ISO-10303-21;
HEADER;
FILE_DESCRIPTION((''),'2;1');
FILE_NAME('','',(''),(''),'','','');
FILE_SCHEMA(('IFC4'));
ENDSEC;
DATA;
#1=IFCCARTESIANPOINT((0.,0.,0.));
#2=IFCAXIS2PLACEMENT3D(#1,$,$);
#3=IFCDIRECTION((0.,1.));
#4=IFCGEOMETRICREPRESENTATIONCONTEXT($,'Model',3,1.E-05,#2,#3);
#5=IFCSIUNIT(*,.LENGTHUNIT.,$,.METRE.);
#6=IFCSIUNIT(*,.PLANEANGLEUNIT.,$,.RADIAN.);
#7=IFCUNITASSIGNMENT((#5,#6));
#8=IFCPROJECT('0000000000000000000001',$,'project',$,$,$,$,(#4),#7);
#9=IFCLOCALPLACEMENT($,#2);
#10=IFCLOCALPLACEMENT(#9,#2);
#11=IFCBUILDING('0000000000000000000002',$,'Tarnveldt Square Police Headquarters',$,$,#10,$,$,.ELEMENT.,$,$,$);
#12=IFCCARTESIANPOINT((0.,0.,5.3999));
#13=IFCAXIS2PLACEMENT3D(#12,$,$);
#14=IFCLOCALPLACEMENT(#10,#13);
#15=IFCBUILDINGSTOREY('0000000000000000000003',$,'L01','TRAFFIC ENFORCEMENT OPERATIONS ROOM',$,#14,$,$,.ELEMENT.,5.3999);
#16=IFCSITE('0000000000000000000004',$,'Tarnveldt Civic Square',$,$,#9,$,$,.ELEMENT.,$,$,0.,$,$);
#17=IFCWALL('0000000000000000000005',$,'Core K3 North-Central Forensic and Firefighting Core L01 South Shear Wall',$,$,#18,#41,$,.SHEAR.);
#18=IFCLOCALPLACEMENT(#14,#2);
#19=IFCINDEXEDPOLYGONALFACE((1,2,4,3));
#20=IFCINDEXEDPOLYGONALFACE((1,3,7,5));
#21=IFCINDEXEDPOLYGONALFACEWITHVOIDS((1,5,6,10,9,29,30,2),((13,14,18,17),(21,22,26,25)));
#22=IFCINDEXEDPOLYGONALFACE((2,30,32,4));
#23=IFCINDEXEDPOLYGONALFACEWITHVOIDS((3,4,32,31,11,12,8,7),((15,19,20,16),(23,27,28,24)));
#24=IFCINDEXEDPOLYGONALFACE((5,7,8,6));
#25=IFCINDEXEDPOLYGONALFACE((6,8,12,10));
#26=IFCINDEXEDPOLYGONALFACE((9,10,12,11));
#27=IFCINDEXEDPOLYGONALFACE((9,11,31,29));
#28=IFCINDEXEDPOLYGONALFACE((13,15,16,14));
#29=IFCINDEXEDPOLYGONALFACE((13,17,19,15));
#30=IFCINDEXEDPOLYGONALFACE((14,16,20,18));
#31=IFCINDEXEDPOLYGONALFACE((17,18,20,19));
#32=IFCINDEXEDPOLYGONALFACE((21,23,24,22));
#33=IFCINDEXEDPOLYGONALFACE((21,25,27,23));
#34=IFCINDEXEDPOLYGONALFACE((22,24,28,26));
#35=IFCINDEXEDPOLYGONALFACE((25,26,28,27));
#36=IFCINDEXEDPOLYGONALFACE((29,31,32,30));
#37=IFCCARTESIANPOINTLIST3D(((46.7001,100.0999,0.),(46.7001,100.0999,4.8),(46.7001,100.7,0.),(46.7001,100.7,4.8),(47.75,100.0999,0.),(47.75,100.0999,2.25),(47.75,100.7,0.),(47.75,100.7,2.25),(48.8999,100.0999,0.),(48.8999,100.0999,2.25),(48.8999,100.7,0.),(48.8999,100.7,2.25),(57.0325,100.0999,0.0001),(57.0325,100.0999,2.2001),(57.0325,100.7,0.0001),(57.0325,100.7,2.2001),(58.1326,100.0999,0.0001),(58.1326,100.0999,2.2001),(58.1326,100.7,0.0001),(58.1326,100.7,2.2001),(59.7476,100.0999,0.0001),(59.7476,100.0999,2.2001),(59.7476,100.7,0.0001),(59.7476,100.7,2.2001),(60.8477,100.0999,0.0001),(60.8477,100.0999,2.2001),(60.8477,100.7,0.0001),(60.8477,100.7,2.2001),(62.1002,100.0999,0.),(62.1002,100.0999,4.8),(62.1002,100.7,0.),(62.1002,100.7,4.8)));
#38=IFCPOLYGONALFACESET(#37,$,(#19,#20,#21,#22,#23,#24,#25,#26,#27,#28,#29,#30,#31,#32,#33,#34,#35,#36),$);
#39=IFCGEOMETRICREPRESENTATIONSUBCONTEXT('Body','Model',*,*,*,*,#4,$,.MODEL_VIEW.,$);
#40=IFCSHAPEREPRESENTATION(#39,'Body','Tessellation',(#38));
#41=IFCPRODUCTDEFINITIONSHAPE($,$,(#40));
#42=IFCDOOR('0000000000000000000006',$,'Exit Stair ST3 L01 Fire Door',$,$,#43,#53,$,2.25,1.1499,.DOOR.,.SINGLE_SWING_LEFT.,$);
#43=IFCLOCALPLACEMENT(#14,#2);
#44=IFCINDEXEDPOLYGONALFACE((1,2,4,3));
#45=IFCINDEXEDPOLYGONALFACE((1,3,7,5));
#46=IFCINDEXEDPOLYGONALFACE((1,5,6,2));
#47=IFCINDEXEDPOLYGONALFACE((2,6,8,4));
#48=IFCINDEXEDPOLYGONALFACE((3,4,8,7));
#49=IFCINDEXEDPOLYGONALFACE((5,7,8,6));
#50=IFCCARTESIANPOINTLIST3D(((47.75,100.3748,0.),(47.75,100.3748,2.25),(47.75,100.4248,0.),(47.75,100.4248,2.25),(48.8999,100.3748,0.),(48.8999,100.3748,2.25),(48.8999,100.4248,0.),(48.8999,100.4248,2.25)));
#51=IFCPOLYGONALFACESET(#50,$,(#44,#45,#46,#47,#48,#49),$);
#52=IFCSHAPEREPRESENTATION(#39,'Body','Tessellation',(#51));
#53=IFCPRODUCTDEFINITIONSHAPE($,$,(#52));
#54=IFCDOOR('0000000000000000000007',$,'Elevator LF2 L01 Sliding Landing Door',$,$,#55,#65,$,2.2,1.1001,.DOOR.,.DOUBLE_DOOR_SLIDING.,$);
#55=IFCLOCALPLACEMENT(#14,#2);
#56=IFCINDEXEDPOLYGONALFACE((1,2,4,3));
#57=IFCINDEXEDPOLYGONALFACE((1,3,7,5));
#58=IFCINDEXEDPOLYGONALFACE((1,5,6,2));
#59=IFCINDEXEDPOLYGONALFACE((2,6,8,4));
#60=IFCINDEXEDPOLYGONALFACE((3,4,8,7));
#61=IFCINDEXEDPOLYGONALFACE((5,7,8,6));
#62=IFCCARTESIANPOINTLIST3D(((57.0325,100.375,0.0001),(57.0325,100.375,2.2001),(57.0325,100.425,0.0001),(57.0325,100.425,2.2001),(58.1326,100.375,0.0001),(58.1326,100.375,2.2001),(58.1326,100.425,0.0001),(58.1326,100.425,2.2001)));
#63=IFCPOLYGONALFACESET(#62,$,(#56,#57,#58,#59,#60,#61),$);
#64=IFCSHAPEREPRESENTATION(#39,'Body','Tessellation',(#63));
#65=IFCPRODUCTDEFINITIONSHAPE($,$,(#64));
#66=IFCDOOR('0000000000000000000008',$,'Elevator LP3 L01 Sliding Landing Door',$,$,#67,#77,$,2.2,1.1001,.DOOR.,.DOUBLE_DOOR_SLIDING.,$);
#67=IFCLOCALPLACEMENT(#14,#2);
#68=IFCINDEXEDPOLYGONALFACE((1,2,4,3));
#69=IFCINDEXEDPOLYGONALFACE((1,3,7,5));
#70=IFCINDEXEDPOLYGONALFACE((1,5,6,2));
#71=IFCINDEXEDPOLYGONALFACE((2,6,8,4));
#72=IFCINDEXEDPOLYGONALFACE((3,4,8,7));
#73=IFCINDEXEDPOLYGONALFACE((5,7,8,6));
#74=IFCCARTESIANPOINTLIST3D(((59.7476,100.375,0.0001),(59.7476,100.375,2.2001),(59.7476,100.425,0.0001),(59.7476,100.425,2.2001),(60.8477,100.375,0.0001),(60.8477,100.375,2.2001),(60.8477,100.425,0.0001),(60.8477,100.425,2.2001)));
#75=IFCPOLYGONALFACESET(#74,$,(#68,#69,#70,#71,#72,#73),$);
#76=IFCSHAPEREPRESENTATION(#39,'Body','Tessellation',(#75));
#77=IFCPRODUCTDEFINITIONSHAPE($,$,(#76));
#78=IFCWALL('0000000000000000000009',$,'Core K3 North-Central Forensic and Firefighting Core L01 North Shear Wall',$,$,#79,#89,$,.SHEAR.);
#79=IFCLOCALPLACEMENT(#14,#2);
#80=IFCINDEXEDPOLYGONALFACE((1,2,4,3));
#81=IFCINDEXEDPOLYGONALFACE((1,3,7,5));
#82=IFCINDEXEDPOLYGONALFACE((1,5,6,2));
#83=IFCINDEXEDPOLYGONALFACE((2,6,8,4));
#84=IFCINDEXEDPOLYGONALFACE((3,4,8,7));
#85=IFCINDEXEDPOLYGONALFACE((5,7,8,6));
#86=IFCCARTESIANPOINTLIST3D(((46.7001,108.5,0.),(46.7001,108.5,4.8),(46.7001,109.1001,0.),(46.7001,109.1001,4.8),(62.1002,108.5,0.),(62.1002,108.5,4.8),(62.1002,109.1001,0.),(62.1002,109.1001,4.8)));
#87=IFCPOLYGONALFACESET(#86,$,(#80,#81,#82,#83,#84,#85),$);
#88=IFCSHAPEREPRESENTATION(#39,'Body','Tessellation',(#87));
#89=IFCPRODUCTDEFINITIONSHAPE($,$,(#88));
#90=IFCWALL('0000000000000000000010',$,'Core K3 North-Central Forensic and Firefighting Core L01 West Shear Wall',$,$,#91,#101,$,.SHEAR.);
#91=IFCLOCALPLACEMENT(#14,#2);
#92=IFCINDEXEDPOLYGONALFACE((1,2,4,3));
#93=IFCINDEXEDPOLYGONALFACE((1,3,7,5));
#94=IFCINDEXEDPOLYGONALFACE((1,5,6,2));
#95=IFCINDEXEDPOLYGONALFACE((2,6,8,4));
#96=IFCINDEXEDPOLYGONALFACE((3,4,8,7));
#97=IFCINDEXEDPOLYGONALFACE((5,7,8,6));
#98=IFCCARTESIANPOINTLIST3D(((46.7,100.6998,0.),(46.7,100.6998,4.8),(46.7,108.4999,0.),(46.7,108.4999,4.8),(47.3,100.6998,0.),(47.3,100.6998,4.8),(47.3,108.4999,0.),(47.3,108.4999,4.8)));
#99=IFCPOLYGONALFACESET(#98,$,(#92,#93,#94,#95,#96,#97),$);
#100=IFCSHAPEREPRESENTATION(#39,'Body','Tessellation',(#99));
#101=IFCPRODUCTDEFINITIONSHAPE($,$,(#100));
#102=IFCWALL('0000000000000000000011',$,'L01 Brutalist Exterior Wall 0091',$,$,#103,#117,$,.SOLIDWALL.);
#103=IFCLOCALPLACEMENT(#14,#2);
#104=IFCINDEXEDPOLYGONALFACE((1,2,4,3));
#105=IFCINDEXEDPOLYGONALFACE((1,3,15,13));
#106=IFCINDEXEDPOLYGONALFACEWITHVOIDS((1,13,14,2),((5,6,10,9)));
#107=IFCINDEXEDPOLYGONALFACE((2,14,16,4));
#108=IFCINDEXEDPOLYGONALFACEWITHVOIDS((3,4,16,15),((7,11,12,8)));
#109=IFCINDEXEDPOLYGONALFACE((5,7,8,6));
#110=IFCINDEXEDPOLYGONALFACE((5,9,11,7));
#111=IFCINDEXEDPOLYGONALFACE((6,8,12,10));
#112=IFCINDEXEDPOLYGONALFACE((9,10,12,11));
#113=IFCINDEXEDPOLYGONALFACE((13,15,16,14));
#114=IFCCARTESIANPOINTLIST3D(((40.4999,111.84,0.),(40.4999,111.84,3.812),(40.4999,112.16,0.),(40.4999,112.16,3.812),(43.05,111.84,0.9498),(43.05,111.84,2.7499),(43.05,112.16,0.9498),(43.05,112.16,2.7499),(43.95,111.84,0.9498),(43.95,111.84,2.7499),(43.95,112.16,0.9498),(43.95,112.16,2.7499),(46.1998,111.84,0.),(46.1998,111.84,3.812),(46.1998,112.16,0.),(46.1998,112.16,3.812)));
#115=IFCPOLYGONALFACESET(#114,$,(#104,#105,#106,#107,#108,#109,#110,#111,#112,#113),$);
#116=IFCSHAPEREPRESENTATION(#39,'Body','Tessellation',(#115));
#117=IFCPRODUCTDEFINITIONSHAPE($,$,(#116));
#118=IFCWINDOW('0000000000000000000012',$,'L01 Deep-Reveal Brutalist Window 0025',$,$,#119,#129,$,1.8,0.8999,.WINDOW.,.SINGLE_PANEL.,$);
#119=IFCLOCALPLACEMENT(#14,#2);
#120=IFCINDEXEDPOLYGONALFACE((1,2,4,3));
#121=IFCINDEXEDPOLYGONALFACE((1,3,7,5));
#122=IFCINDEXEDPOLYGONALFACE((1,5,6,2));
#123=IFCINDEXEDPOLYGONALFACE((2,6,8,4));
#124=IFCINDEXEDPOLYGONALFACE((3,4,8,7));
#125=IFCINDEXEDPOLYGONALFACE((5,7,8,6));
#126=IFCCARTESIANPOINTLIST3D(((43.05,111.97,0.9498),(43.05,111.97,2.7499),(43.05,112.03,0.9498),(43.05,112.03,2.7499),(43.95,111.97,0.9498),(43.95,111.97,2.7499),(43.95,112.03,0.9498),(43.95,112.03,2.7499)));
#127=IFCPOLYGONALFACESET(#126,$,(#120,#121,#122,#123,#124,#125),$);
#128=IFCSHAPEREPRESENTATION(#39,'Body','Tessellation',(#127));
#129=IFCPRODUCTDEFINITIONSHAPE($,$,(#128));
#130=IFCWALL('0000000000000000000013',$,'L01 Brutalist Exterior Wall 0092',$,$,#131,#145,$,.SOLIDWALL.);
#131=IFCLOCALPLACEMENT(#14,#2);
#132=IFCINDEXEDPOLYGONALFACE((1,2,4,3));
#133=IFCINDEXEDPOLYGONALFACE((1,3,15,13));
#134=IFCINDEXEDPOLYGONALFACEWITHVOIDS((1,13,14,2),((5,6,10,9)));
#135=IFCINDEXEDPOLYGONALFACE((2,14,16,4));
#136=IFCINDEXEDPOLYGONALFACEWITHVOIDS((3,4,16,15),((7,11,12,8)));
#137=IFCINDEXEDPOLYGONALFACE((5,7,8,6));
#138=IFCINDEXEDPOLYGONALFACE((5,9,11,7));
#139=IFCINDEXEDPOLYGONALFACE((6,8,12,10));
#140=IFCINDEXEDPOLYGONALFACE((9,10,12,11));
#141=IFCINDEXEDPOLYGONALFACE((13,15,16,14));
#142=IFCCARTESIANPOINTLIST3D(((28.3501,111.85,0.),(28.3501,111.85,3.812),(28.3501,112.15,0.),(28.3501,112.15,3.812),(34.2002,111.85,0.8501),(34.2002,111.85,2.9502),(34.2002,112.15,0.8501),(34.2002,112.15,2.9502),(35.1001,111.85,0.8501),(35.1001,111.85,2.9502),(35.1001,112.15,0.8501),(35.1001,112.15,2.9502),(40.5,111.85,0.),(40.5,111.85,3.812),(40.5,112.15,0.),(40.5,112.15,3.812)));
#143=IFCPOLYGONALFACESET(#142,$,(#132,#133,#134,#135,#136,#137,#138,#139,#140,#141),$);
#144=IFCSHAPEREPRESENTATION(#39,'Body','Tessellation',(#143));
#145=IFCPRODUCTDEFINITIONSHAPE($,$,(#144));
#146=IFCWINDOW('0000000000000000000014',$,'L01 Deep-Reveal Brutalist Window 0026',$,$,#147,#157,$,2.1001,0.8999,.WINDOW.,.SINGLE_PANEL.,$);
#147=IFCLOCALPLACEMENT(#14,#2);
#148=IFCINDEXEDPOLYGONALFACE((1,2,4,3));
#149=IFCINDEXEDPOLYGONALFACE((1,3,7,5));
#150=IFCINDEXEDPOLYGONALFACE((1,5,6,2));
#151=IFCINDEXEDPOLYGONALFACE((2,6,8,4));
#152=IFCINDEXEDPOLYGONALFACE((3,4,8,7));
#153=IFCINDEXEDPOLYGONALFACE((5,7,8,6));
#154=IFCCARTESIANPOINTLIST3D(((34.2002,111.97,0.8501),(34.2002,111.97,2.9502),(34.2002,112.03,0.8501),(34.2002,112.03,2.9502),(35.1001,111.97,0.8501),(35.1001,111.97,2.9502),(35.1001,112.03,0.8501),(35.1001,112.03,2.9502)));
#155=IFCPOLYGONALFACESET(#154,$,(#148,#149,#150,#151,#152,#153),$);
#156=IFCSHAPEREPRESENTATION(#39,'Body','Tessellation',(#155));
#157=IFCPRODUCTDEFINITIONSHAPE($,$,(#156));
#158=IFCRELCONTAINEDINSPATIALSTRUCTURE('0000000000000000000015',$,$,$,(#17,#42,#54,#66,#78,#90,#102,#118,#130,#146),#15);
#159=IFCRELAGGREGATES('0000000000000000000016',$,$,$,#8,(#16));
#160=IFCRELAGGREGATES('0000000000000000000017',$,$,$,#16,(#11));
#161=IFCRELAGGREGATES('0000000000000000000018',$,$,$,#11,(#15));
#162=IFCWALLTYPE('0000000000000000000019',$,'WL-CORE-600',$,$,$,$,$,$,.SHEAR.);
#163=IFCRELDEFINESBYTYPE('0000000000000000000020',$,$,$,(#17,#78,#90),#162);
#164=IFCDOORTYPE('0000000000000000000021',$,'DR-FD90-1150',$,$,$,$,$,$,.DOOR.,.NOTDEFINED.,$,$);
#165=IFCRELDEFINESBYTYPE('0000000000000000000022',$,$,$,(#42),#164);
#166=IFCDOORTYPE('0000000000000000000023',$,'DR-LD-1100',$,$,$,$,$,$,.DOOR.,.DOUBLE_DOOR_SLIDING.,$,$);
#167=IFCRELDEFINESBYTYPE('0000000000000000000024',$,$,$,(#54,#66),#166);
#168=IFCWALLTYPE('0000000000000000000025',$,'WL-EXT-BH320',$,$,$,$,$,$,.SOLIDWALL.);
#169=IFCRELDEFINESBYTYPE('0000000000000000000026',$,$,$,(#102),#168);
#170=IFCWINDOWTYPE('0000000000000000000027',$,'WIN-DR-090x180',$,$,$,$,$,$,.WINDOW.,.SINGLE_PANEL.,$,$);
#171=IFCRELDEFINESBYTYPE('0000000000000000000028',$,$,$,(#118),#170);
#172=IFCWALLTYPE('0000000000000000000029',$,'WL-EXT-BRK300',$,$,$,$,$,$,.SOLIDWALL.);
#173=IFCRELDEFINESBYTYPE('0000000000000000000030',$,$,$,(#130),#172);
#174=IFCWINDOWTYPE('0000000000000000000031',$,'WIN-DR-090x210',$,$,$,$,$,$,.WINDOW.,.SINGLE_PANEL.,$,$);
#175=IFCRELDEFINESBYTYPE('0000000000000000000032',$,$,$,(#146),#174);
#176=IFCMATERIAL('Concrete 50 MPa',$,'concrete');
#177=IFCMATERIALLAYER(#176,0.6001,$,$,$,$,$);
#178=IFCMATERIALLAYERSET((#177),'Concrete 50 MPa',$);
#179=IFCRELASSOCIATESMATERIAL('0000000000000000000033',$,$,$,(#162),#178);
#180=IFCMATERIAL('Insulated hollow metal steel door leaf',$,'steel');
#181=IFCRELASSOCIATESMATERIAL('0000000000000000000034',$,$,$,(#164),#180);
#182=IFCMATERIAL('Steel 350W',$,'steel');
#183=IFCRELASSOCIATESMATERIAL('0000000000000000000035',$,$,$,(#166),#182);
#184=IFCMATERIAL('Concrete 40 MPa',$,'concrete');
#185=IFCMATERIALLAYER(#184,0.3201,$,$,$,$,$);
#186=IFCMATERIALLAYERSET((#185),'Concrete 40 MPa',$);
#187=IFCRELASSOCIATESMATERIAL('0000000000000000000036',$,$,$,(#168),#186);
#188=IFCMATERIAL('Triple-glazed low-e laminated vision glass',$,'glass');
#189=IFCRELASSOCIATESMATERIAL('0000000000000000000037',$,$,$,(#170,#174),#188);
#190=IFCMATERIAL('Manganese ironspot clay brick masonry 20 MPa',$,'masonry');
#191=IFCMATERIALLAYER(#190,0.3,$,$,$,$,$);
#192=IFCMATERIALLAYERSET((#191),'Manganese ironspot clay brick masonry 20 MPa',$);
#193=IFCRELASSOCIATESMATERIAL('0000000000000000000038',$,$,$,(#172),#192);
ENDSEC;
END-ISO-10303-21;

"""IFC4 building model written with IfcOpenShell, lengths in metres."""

from ifc_helpers import new_model, si_unit, direction, frame, frame_2d, origin, place, context, subcontext, project, spatial, rectangle, extrude, material, layer, layer_set, type_object, element, fill, save


model = new_model("IFC4")

# Units and contexts
model_context = context("Model", 3, precision=1e-05, world=origin(), true_north=direction((0.0, 1.0)))
body_context = subcontext(model_context, "Body", "Model", "MODEL_VIEW")
ifc_project = project(units=[si_unit("LENGTHUNIT", "METRE"), si_unit("PLANEANGLEUNIT", "RADIAN")], contexts=[model_context])

# Site, building, storey
site_placement = place(None, origin())
site = spatial("IfcSite", under=ifc_project, at=site_placement, Name="Tarnveldt Civic Square", CompositionType="ELEMENT", RefElevation=0.0)
building_placement = place(site_placement, origin())
building = spatial("IfcBuilding", under=site, at=building_placement, Name="Tarnveldt Square Police Headquarters", CompositionType="ELEMENT")
storey_placement = place(building_placement, frame((0.0, 0.0, 5.3999)))
storey = spatial("IfcBuildingStorey", under=building, at=storey_placement, Name="L01", Description="TRAFFIC ENFORCEMENT OPERATIONS ROOM", CompositionType="ELEMENT", Elevation=5.3999)

# Shared definitions
ifc_material_1 = material(Name="Concrete 50 MPa", Category="concrete")

# Shared definitions
ifc_material_2 = material(Name="Concrete 40 MPa", Category="concrete")
ifc_material_3 = material(Name="Steel 350W", Category="steel")

# Wall, openings, doors
ifc_layer_1 = layer(ifc_material_1, 0.6001)
ifc_layer_set_1 = layer_set([ifc_layer_1], Name="Concrete 50 MPa")
wall_type_1 = type_object("IfcWallType", Name="WL-CORE-600", PredefinedType="SHEAR", material=ifc_layer_set_1)
wall_1_placement = place(storey_placement, frame((46.7, 100.3999, 0.0), z_axis=(0.0, 0.0, 1.0), x_axis=(1.0, 0.0, 0.0)))
wall_1 = element("IfcWall", 1, at=wall_1_placement, inside=storey, type_object=wall_type_1, Name="Core K3 North-Central Forensic and Firefighting Core L01 South Shear Wall", PredefinedType="SHEAR", context=body_context, shape_type="SweptSolid", body=[
    extrude(rectangle(XDim=15.4001, YDim=0.6001, at=frame_2d((7.7002, 0.0))), origin(), (0.0, 0.0, 1.0), 4.8),
])
opening_1_placement = place(wall_1_placement, frame((1.05, 0.0, 0.0)))
opening_1 = element("IfcOpeningElement", 2, at=opening_1_placement, cuts=wall_1, PredefinedType="OPENING", context=body_context, shape_type="SweptSolid", body=[
    extrude(rectangle(XDim=1.1499, YDim=2.25, at=frame_2d((0.575, 1.125))), frame((0.0, 0.3101, 0.0), z_axis=(0.0, -1.0, 0.0), x_axis=(1.0, 0.0, 0.0)), (0.0, 0.0, 1.0), 0.6201),
])
opening_2_placement = place(wall_1_placement, frame((10.3325, 0.0, 0.0)))
opening_2 = element("IfcOpeningElement", 3, at=opening_2_placement, cuts=wall_1, PredefinedType="OPENING", context=body_context, shape_type="SweptSolid", body=[
    extrude(rectangle(XDim=1.1001, YDim=2.2, at=frame_2d((0.55, 1.1001))), frame((0.0, 0.3101, 0.0), z_axis=(0.0, -1.0, 0.0), x_axis=(1.0, 0.0, 0.0)), (0.0, 0.0, 1.0), 0.6201),
])
opening_3_placement = place(wall_1_placement, frame((13.0476, 0.0, 0.0)))
opening_3 = element("IfcOpeningElement", 4, at=opening_3_placement, cuts=wall_1, PredefinedType="OPENING", context=body_context, shape_type="SweptSolid", body=[
    extrude(rectangle(XDim=1.1001, YDim=2.2, at=frame_2d((0.55, 1.1001))), frame((0.0, 0.3101, 0.0), z_axis=(0.0, -1.0, 0.0), x_axis=(1.0, 0.0, 0.0)), (0.0, 0.0, 1.0), 0.6201),
])
ifc_material_4 = material(Name="Insulated hollow metal steel door leaf", Category="steel")
door_type_1 = type_object("IfcDoorType", Name="DR-FD90-1150", OperationType="NOTDEFINED", PredefinedType="DOOR", material=ifc_material_4)
door_1_placement = place(opening_1_placement, origin())
door_1 = element("IfcDoor", 5, at=door_1_placement, inside=storey, type_object=door_type_1, Name="Exit Stair ST3 L01 Fire Door", OperationType="SINGLE_SWING_LEFT", OverallHeight=2.25, OverallWidth=1.1499, PredefinedType="DOOR", context=body_context, shape_type="SweptSolid", body=[
    extrude(rectangle(XDim=1.1499, YDim=2.25, at=frame_2d((0.575, 1.125))), frame((0.0, 0.0249, 0.0), z_axis=(0.0, -1.0, 0.0), x_axis=(1.0, 0.0, 0.0)), (0.0, 0.0, 1.0), 0.05),
])
fill(opening_1, door_1)
door_type_2 = type_object("IfcDoorType", Name="DR-LD-1100", OperationType="DOUBLE_DOOR_SLIDING", PredefinedType="DOOR", material=ifc_material_3)
door_2_placement = place(opening_2_placement, frame((1.1001, 0.0, 0.0), z_axis=(0.0, 0.0, 1.0), x_axis=(-1.0, 0.0, 0.0)))
door_2 = element("IfcDoor", 6, at=door_2_placement, inside=storey, type_object=door_type_2, Name="Elevator LF2 L01 Sliding Landing Door", OperationType="DOUBLE_DOOR_SLIDING", OverallHeight=2.2, OverallWidth=1.1001, PredefinedType="DOOR", context=body_context, shape_type="SweptSolid", body=[
    extrude(rectangle(XDim=1.1001, YDim=2.2, at=frame_2d((0.55, 1.1001))), frame((0.0, 0.0249, 0.0), z_axis=(0.0, -1.0, 0.0), x_axis=(1.0, 0.0, 0.0)), (0.0, 0.0, 1.0), 0.05),
])
fill(opening_2, door_2)
door_3_placement = place(opening_3_placement, frame((1.1001, 0.0, 0.0), z_axis=(0.0, 0.0, 1.0), x_axis=(-1.0, 0.0, 0.0)))
door_3 = element("IfcDoor", 7, at=door_3_placement, inside=storey, type_object=door_type_2, Name="Elevator LP3 L01 Sliding Landing Door", OperationType="DOUBLE_DOOR_SLIDING", OverallHeight=2.2, OverallWidth=1.1001, PredefinedType="DOOR", context=body_context, shape_type="SweptSolid", body=[
    extrude(rectangle(XDim=1.1001, YDim=2.2, at=frame_2d((0.55, 1.1001))), frame((0.0, 0.0249, 0.0), z_axis=(0.0, -1.0, 0.0), x_axis=(1.0, 0.0, 0.0)), (0.0, 0.0, 1.0), 0.05),
])
fill(opening_3, door_3)

# Walls
wall_2_placement = place(storey_placement, frame((46.7, 108.8, 0.0), z_axis=(0.0, 0.0, 1.0), x_axis=(1.0, 0.0, 0.0)))
element("IfcWall", 8, at=wall_2_placement, inside=storey, type_object=wall_type_1, Name="Core K3 North-Central Forensic and Firefighting Core L01 North Shear Wall", PredefinedType="SHEAR", context=body_context, shape_type="SweptSolid", body=[
    extrude(rectangle(XDim=15.4001, YDim=0.6001, at=frame_2d((7.7002, 0.0))), origin(), (0.0, 0.0, 1.0), 4.8),
])
wall_3_placement = place(storey_placement, frame((47.0, 100.7, 0.0), z_axis=(0.0, 0.0, 1.0), x_axis=(0.0, 1.0, 0.0)))
element("IfcWall", 9, at=wall_3_placement, inside=storey, type_object=wall_type_1, Name="Core K3 North-Central Forensic and Firefighting Core L01 West Shear Wall", PredefinedType="SHEAR", context=body_context, shape_type="SweptSolid", body=[
    extrude(rectangle(XDim=7.8, YDim=0.6001, at=frame_2d((3.8999, 0.0))), origin(), (0.0, 0.0, 1.0), 4.8),
])

# Walls, openings, windows
ifc_layer_2 = layer(ifc_material_2, 0.3201)
ifc_layer_set_2 = layer_set([ifc_layer_2], Name="Concrete 40 MPa")
wall_type_2 = type_object("IfcWallType", Name="WL-EXT-BH320", PredefinedType="SOLIDWALL", material=ifc_layer_set_2)
wall_4_placement = place(storey_placement, frame((46.2, 112.0, 0.0), z_axis=(0.0, 0.0, 1.0), x_axis=(-1.0, 0.0, 0.0)))
wall_4 = element("IfcWall", 10, at=wall_4_placement, inside=storey, type_object=wall_type_2, Name="L01 Brutalist Exterior Wall 0091", PredefinedType="SOLIDWALL", context=body_context, shape_type="SweptSolid", body=[
    extrude(rectangle(XDim=5.7, YDim=0.3201, at=frame_2d((2.8501, 0.0))), origin(), (0.0, 0.0, 1.0), 3.812),
])
opening_4_placement = place(wall_4_placement, frame((2.25, 0.0, 0.95)))
opening_4 = element("IfcOpeningElement", 11, at=opening_4_placement, cuts=wall_4, PredefinedType="OPENING", context=body_context, shape_type="SweptSolid", body=[
    extrude(rectangle(XDim=0.8999, YDim=1.8, at=frame_2d((0.45, 0.8999))), frame((0.0, 0.1699, 0.0), z_axis=(0.0, -1.0, 0.0), x_axis=(1.0, 0.0, 0.0)), (0.0, 0.0, 1.0), 0.3401),
])
ifc_material_5 = material(Name="Triple-glazed low-e laminated vision glass", Category="glass")
window_type_1 = type_object("IfcWindowType", Name="WIN-DR-090x180", PartitioningType="SINGLE_PANEL", PredefinedType="WINDOW", material=ifc_material_5)
window_1_placement = place(opening_4_placement, origin())
window_1 = element("IfcWindow", 12, at=window_1_placement, inside=storey, type_object=window_type_1, Name="L01 Deep-Reveal Brutalist Window 0025", OverallHeight=1.8, OverallWidth=0.8999, PartitioningType="SINGLE_PANEL", PredefinedType="WINDOW", context=body_context, shape_type="SweptSolid", body=[
    extrude(rectangle(XDim=0.8999, YDim=1.8, at=frame_2d((0.45, 0.8999))), frame((0.0, 0.03, 0.0), z_axis=(0.0, -1.0, 0.0), x_axis=(1.0, 0.0, 0.0)), (0.0, 0.0, 1.0), 0.0601),
])
fill(opening_4, window_1)
ifc_material_6 = material(Name="Manganese ironspot clay brick masonry 20 MPa", Category="masonry")
ifc_layer_3 = layer(ifc_material_6, 0.3)
ifc_layer_set_3 = layer_set([ifc_layer_3], Name="Manganese ironspot clay brick masonry 20 MPa")
wall_type_3 = type_object("IfcWallType", Name="WL-EXT-BRK300", PredefinedType="SOLIDWALL", material=ifc_layer_set_3)
wall_5_placement = place(storey_placement, frame((40.5, 112.0, 0.0), z_axis=(0.0, 0.0, 1.0), x_axis=(-1.0, 0.0, 0.0)))
wall_5 = element("IfcWall", 13, at=wall_5_placement, inside=storey, type_object=wall_type_3, Name="L01 Brutalist Exterior Wall 0092", PredefinedType="SOLIDWALL", context=body_context, shape_type="SweptSolid", body=[
    extrude(rectangle(XDim=12.1499, YDim=0.3, at=frame_2d((6.075, 0.0))), origin(), (0.0, 0.0, 1.0), 3.812),
])
opening_5_placement = place(wall_5_placement, frame((5.3999, 0.0, 0.8501)))
opening_5 = element("IfcOpeningElement", 14, at=opening_5_placement, cuts=wall_5, PredefinedType="OPENING", context=body_context, shape_type="SweptSolid", body=[
    extrude(rectangle(XDim=0.8999, YDim=2.1001, at=frame_2d((0.45, 1.05))), frame((0.0, 0.1599, 0.0), z_axis=(0.0, -1.0, 0.0), x_axis=(1.0, 0.0, 0.0)), (0.0, 0.0, 1.0), 0.3201),
])
window_type_2 = type_object("IfcWindowType", Name="WIN-DR-090x210", PartitioningType="SINGLE_PANEL", PredefinedType="WINDOW", material=ifc_material_5)
window_2_placement = place(opening_5_placement, origin())
window_2 = element("IfcWindow", 15, at=window_2_placement, inside=storey, type_object=window_type_2, Name="L01 Deep-Reveal Brutalist Window 0026", OverallHeight=2.1001, OverallWidth=0.8999, PartitioningType="SINGLE_PANEL", PredefinedType="WINDOW", context=body_context, shape_type="SweptSolid", body=[
    extrude(rectangle(XDim=0.8999, YDim=2.1001, at=frame_2d((0.45, 1.05))), frame((0.0, 0.03, 0.0), z_axis=(0.0, -1.0, 0.0), x_axis=(1.0, 0.0, 0.0)), (0.0, 0.0, 1.0), 0.0601),
])
fill(opening_5, window_2)

save(model, "model.ifc")
